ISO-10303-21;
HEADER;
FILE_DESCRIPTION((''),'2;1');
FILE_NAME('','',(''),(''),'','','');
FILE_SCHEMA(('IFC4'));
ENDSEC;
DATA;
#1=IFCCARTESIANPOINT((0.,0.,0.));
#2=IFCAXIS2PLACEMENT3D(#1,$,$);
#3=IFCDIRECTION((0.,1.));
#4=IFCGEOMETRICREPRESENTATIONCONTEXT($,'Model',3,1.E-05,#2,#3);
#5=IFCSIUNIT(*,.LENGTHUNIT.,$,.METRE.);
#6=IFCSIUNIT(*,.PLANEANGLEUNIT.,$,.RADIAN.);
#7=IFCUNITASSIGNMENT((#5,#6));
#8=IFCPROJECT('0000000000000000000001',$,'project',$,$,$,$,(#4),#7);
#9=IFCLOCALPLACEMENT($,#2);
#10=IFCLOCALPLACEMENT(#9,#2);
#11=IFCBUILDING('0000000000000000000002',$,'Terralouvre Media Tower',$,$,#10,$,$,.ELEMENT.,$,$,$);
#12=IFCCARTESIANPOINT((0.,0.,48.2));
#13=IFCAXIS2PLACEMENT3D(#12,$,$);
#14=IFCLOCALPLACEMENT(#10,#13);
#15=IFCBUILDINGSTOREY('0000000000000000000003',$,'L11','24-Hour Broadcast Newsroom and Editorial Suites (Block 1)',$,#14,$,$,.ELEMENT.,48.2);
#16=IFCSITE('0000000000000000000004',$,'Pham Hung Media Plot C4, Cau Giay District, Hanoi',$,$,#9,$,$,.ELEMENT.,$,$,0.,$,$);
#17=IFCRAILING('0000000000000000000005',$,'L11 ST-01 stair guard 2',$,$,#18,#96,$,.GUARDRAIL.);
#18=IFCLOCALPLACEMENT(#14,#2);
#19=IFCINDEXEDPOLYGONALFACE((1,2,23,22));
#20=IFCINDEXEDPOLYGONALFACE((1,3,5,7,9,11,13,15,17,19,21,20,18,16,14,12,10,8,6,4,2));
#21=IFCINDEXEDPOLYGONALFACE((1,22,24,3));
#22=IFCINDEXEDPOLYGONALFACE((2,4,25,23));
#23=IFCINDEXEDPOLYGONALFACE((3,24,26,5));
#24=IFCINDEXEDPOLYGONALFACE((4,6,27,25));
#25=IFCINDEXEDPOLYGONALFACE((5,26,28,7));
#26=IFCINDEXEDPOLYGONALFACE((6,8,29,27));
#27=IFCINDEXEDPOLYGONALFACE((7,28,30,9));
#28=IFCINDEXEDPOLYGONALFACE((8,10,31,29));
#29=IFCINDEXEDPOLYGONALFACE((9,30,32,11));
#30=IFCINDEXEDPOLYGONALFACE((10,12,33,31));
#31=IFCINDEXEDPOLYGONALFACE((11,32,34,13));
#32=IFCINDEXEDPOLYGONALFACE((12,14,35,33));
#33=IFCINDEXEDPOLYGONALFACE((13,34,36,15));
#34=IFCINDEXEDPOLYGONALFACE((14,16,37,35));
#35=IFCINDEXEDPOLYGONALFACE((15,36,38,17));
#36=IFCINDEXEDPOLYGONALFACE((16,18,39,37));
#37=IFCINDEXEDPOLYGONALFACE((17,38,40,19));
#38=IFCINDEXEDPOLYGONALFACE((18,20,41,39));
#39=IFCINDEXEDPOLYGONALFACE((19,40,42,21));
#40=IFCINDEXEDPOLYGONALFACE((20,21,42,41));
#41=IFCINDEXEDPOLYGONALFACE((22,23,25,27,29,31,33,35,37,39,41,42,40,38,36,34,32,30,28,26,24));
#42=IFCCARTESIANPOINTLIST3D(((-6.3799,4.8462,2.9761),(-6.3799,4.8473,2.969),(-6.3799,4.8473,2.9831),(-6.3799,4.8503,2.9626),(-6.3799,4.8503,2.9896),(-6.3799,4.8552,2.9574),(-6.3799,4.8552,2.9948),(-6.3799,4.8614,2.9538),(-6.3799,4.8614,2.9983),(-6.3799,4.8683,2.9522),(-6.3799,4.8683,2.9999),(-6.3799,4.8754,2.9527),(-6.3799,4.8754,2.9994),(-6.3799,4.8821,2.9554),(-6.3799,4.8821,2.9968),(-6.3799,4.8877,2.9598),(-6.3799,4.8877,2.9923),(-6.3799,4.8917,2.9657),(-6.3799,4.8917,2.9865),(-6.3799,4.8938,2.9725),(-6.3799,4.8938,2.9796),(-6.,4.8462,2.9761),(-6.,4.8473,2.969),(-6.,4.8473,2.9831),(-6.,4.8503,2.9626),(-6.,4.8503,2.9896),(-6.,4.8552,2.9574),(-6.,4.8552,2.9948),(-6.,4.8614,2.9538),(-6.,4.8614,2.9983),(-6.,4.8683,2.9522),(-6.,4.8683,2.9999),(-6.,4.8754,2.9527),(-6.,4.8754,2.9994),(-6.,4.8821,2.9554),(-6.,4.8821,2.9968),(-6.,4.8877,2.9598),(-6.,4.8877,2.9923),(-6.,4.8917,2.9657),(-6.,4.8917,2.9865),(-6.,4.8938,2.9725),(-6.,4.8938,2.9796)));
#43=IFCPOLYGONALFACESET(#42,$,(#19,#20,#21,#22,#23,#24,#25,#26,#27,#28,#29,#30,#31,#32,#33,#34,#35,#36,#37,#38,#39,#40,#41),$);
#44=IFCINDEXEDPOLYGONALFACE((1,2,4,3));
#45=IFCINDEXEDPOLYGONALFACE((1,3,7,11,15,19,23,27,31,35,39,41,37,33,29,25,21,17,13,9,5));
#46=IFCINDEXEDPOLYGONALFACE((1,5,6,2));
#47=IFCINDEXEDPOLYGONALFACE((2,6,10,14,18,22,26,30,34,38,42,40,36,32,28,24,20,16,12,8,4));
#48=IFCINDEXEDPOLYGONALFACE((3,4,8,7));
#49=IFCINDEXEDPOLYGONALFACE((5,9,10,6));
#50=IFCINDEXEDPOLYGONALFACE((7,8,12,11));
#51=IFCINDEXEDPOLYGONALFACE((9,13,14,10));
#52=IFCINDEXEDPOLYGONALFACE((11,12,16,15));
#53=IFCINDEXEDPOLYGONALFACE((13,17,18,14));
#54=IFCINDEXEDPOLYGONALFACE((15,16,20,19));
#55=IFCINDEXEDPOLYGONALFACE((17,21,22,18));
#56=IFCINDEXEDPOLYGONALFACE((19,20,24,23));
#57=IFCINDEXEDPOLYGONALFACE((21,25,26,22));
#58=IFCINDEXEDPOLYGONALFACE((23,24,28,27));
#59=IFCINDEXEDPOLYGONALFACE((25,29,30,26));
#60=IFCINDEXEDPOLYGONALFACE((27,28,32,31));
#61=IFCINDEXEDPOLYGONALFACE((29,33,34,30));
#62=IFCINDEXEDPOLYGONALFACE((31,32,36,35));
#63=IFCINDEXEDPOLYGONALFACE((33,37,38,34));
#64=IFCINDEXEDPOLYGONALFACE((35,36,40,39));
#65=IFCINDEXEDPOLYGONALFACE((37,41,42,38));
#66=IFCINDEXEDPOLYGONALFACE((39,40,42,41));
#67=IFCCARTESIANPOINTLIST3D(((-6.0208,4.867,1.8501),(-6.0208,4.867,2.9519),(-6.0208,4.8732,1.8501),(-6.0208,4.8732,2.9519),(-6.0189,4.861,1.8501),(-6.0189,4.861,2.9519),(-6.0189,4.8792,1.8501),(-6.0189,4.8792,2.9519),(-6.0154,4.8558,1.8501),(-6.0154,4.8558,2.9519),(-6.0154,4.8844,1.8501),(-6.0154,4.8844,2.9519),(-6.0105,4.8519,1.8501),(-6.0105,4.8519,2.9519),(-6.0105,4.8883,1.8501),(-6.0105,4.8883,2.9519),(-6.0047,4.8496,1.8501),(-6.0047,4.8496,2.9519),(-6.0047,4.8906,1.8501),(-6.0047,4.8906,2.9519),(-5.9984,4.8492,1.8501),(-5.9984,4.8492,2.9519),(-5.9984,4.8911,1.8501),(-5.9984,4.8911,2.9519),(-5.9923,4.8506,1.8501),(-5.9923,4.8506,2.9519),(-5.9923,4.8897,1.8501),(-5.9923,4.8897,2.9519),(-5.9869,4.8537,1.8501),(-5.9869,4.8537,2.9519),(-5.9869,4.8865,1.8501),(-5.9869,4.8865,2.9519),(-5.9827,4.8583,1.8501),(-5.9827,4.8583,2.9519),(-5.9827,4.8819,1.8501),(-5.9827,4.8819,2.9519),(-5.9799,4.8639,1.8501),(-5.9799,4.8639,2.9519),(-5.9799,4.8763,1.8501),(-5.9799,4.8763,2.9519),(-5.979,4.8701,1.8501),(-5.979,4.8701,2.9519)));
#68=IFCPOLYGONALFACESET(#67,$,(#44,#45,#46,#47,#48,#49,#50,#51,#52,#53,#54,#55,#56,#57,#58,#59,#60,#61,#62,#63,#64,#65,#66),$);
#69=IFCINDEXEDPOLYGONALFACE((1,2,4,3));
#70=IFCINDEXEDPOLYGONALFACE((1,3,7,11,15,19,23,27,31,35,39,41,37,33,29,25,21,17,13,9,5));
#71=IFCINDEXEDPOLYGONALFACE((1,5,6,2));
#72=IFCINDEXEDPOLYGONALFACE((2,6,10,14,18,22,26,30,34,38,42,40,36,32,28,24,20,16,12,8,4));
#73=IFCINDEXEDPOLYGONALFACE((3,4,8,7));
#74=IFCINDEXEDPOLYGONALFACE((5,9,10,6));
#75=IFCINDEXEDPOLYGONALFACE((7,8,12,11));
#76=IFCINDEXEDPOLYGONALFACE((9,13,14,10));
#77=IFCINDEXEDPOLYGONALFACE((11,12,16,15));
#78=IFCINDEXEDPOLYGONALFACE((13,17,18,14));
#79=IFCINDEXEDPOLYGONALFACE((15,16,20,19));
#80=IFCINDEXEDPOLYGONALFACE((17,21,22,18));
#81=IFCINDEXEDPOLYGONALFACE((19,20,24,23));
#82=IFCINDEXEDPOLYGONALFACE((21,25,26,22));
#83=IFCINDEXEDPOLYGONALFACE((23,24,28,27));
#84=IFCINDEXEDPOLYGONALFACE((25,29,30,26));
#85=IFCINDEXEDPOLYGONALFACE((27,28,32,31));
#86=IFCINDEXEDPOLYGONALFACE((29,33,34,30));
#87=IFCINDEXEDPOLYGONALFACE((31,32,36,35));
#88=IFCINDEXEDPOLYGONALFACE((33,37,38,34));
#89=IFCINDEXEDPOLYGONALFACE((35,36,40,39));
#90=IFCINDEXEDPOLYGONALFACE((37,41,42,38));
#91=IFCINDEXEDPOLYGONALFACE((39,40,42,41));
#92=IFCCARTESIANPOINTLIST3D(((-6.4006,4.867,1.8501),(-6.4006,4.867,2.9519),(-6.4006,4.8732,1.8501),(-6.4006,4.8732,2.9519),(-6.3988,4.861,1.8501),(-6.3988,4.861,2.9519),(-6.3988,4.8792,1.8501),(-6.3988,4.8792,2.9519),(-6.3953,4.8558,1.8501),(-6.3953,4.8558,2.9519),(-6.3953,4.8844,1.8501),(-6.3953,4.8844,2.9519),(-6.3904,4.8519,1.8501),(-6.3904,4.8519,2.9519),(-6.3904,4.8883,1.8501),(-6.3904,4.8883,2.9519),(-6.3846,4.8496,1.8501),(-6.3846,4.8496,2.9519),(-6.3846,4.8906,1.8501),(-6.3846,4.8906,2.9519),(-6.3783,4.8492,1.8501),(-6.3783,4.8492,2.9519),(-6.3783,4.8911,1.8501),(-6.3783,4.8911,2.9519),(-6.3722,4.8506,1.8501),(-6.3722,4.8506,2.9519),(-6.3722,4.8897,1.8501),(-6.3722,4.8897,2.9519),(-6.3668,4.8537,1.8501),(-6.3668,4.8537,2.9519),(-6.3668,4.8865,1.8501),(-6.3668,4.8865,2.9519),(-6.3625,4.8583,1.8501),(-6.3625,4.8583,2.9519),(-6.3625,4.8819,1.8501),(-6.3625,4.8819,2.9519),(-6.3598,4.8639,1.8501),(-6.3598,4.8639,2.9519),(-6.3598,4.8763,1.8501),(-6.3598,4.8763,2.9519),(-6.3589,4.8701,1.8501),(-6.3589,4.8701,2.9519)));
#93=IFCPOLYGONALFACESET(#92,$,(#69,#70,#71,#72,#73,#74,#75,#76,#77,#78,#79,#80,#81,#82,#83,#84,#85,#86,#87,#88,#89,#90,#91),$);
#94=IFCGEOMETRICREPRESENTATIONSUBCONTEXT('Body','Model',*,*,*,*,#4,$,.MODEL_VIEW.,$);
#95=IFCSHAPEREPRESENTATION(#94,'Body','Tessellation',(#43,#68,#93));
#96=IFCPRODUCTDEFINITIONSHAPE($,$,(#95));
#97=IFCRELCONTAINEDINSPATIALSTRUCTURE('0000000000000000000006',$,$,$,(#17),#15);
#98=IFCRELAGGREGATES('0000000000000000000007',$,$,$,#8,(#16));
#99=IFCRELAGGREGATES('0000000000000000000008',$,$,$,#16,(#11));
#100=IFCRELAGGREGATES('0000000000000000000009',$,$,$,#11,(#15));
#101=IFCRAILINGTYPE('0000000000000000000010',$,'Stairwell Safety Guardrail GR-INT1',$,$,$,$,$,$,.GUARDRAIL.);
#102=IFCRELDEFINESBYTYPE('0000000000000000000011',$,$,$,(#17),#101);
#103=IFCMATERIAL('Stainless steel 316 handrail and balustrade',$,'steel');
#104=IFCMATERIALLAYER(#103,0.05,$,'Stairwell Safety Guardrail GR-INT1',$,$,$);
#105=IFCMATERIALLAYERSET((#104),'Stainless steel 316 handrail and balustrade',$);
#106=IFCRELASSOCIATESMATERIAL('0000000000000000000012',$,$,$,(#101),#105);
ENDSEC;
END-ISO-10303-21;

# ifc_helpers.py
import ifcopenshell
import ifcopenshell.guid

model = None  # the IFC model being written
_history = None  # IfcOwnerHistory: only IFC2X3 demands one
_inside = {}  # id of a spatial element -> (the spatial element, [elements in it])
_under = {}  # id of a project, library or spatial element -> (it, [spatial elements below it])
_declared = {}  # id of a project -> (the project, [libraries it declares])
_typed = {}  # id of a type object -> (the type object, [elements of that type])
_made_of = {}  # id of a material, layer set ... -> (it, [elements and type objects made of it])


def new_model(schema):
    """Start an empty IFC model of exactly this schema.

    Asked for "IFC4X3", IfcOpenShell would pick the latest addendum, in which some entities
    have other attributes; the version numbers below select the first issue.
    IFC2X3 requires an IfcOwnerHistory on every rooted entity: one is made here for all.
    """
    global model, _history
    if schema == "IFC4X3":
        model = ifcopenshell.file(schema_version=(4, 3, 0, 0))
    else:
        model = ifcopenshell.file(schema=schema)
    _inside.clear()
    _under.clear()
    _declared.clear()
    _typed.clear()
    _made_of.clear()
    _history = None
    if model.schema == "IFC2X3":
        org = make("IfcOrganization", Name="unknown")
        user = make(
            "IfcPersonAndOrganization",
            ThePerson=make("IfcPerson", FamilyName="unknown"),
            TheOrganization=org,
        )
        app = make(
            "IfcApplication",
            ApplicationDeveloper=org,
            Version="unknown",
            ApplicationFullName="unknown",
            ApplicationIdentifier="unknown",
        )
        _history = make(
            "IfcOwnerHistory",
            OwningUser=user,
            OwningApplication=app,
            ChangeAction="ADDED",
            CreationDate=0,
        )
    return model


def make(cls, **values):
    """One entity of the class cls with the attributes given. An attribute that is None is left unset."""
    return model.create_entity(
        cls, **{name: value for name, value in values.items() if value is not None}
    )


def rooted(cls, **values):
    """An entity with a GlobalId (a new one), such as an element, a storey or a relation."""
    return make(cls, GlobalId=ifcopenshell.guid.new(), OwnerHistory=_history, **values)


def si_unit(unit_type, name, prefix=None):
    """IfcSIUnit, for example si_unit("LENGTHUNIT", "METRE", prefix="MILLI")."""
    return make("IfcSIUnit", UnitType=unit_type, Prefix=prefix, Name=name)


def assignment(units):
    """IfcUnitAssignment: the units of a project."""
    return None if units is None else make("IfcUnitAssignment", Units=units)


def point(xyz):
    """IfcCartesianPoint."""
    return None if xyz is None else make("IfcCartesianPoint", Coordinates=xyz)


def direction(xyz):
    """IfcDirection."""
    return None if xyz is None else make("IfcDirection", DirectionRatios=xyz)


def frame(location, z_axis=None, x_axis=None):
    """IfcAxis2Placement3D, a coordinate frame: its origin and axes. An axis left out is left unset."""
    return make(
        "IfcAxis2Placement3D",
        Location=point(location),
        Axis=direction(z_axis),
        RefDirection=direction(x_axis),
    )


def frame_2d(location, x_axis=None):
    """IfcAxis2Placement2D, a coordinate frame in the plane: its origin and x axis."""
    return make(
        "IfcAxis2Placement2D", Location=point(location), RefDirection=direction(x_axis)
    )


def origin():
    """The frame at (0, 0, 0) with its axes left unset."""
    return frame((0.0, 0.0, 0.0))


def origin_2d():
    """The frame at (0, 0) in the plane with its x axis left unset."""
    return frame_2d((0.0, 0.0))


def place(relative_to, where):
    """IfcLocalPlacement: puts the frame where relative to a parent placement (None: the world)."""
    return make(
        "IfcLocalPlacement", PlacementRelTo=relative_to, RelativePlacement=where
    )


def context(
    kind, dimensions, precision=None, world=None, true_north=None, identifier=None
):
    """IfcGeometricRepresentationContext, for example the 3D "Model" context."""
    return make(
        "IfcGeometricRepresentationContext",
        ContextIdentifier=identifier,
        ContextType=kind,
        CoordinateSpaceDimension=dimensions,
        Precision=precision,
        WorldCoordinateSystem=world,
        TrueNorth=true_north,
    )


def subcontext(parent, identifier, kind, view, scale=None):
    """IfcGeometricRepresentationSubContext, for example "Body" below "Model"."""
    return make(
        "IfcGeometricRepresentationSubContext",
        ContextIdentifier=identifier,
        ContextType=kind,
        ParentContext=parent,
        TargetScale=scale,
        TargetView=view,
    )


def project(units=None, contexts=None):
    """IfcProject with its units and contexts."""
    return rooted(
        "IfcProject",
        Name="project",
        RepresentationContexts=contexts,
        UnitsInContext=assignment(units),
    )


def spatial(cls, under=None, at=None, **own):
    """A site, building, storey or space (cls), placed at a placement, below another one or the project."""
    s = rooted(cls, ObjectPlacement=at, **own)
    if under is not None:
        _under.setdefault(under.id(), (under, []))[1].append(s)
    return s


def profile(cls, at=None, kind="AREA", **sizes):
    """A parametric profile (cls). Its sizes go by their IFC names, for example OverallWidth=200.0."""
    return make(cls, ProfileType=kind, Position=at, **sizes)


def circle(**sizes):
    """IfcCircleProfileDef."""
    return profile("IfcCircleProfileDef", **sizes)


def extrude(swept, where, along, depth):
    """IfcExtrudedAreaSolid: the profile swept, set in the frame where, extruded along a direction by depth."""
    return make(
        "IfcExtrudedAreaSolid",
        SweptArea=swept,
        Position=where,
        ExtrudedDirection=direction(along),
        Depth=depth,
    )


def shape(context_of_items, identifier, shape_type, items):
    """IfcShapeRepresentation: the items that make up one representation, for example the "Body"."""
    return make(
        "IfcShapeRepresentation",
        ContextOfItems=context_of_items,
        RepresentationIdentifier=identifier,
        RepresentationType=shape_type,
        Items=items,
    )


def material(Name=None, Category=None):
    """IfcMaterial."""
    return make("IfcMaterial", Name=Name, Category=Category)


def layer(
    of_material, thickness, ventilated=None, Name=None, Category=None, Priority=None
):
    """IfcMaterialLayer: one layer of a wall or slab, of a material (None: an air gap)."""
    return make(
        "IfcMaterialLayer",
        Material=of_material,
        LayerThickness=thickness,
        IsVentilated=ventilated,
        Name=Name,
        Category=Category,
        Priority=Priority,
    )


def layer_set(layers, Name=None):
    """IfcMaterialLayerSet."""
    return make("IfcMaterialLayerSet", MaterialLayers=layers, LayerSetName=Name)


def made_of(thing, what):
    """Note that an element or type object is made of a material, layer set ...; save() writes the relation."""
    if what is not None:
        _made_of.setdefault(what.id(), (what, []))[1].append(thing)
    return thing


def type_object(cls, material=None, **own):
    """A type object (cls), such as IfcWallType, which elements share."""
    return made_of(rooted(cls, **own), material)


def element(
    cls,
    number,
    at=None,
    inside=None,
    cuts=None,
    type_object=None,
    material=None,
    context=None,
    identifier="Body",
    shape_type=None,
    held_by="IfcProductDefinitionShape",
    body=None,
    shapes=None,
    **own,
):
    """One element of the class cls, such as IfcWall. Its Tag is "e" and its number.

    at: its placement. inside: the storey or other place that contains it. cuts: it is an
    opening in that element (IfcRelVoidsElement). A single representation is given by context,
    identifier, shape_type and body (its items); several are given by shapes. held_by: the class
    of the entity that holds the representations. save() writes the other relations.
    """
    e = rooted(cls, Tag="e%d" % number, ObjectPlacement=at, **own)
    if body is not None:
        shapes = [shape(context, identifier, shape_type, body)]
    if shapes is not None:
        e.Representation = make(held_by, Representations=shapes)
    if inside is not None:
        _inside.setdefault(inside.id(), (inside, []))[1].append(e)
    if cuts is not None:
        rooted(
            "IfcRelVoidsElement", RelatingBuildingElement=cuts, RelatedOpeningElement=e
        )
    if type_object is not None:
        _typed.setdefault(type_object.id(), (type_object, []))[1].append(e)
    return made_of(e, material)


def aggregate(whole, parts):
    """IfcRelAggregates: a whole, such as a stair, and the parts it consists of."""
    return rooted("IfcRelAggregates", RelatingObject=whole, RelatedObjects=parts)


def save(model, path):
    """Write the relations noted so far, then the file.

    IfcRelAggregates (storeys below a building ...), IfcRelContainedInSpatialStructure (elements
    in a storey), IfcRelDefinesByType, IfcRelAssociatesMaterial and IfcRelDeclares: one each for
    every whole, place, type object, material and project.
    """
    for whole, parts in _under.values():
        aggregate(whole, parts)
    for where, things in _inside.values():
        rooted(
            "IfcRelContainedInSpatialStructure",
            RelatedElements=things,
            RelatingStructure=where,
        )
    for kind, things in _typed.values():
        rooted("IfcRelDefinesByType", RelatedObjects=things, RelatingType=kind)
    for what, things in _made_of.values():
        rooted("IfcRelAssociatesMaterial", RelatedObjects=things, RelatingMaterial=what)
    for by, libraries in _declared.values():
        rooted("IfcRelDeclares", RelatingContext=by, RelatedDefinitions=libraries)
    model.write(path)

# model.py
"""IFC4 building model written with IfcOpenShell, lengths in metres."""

from ifc_helpers import new_model, si_unit, direction, frame, origin, origin_2d, place, context, subcontext, project, spatial, circle, extrude, material, layer, layer_set, type_object, element, save


model = new_model("IFC4")

# Units and contexts
model_context = context("Model", 3, precision=1e-05, world=origin(), true_north=direction((0.0, 1.0)))
body_context = subcontext(model_context, "Body", "Model", "MODEL_VIEW")
ifc_project = project(units=[si_unit("LENGTHUNIT", "METRE"), si_unit("PLANEANGLEUNIT", "RADIAN")], contexts=[model_context])

# Site, building, storey
site_placement = place(None, origin())
site = spatial("IfcSite", under=ifc_project, at=site_placement, Name="Pham Hung Media Plot C4, Cau Giay District, Hanoi", CompositionType="ELEMENT", RefElevation=0.0)
building_placement = place(site_placement, origin())
building = spatial("IfcBuilding", under=site, at=building_placement, Name="Terralouvre Media Tower", CompositionType="ELEMENT")
storey_placement = place(building_placement, frame((0.0, 0.0, 48.2)))
storey = spatial("IfcBuildingStorey", under=building, at=storey_placement, Name="L11", Description="24-Hour Broadcast Newsroom and Editorial Suites (Block 1)", CompositionType="ELEMENT", Elevation=48.2)

# Railing
ifc_material_1 = material(Name="Stainless steel 316 handrail and balustrade", Category="steel")
ifc_layer_1 = layer(ifc_material_1, 0.05, Name="Stairwell Safety Guardrail GR-INT1")
ifc_layer_set_1 = layer_set([ifc_layer_1], Name="Stainless steel 316 handrail and balustrade")
railing_type_1 = type_object("IfcRailingType", Name="Stairwell Safety Guardrail GR-INT1", PredefinedType="GUARDRAIL", material=ifc_layer_set_1)
railing_1_placement = place(storey_placement, frame((-6.0, 4.8701, 1.8501)))
element("IfcRailing", 1, at=railing_1_placement, inside=storey, type_object=railing_type_1, Name="L11 ST-01 stair guard 2", PredefinedType="GUARDRAIL", context=body_context, shape_type="SweptSolid", body=[
    extrude(circle(Radius=0.0239, at=origin_2d()), frame((0.0, 0.0, 1.126), z_axis=(-1.0, 0.0, 0.0), x_axis=(0.0, -1.0, 0.0)), (0.0, 0.0, 1.0), 0.3799),
    extrude(circle(Radius=0.021, at=origin_2d()), origin(), (0.0, 0.0, 1.0), 1.1018),
    extrude(circle(Radius=0.021, at=origin_2d()), frame((-0.3799, 0.0, 0.0)), (0.0, 0.0, 1.0), 1.1018),
])

save(model, "model.ifc")
